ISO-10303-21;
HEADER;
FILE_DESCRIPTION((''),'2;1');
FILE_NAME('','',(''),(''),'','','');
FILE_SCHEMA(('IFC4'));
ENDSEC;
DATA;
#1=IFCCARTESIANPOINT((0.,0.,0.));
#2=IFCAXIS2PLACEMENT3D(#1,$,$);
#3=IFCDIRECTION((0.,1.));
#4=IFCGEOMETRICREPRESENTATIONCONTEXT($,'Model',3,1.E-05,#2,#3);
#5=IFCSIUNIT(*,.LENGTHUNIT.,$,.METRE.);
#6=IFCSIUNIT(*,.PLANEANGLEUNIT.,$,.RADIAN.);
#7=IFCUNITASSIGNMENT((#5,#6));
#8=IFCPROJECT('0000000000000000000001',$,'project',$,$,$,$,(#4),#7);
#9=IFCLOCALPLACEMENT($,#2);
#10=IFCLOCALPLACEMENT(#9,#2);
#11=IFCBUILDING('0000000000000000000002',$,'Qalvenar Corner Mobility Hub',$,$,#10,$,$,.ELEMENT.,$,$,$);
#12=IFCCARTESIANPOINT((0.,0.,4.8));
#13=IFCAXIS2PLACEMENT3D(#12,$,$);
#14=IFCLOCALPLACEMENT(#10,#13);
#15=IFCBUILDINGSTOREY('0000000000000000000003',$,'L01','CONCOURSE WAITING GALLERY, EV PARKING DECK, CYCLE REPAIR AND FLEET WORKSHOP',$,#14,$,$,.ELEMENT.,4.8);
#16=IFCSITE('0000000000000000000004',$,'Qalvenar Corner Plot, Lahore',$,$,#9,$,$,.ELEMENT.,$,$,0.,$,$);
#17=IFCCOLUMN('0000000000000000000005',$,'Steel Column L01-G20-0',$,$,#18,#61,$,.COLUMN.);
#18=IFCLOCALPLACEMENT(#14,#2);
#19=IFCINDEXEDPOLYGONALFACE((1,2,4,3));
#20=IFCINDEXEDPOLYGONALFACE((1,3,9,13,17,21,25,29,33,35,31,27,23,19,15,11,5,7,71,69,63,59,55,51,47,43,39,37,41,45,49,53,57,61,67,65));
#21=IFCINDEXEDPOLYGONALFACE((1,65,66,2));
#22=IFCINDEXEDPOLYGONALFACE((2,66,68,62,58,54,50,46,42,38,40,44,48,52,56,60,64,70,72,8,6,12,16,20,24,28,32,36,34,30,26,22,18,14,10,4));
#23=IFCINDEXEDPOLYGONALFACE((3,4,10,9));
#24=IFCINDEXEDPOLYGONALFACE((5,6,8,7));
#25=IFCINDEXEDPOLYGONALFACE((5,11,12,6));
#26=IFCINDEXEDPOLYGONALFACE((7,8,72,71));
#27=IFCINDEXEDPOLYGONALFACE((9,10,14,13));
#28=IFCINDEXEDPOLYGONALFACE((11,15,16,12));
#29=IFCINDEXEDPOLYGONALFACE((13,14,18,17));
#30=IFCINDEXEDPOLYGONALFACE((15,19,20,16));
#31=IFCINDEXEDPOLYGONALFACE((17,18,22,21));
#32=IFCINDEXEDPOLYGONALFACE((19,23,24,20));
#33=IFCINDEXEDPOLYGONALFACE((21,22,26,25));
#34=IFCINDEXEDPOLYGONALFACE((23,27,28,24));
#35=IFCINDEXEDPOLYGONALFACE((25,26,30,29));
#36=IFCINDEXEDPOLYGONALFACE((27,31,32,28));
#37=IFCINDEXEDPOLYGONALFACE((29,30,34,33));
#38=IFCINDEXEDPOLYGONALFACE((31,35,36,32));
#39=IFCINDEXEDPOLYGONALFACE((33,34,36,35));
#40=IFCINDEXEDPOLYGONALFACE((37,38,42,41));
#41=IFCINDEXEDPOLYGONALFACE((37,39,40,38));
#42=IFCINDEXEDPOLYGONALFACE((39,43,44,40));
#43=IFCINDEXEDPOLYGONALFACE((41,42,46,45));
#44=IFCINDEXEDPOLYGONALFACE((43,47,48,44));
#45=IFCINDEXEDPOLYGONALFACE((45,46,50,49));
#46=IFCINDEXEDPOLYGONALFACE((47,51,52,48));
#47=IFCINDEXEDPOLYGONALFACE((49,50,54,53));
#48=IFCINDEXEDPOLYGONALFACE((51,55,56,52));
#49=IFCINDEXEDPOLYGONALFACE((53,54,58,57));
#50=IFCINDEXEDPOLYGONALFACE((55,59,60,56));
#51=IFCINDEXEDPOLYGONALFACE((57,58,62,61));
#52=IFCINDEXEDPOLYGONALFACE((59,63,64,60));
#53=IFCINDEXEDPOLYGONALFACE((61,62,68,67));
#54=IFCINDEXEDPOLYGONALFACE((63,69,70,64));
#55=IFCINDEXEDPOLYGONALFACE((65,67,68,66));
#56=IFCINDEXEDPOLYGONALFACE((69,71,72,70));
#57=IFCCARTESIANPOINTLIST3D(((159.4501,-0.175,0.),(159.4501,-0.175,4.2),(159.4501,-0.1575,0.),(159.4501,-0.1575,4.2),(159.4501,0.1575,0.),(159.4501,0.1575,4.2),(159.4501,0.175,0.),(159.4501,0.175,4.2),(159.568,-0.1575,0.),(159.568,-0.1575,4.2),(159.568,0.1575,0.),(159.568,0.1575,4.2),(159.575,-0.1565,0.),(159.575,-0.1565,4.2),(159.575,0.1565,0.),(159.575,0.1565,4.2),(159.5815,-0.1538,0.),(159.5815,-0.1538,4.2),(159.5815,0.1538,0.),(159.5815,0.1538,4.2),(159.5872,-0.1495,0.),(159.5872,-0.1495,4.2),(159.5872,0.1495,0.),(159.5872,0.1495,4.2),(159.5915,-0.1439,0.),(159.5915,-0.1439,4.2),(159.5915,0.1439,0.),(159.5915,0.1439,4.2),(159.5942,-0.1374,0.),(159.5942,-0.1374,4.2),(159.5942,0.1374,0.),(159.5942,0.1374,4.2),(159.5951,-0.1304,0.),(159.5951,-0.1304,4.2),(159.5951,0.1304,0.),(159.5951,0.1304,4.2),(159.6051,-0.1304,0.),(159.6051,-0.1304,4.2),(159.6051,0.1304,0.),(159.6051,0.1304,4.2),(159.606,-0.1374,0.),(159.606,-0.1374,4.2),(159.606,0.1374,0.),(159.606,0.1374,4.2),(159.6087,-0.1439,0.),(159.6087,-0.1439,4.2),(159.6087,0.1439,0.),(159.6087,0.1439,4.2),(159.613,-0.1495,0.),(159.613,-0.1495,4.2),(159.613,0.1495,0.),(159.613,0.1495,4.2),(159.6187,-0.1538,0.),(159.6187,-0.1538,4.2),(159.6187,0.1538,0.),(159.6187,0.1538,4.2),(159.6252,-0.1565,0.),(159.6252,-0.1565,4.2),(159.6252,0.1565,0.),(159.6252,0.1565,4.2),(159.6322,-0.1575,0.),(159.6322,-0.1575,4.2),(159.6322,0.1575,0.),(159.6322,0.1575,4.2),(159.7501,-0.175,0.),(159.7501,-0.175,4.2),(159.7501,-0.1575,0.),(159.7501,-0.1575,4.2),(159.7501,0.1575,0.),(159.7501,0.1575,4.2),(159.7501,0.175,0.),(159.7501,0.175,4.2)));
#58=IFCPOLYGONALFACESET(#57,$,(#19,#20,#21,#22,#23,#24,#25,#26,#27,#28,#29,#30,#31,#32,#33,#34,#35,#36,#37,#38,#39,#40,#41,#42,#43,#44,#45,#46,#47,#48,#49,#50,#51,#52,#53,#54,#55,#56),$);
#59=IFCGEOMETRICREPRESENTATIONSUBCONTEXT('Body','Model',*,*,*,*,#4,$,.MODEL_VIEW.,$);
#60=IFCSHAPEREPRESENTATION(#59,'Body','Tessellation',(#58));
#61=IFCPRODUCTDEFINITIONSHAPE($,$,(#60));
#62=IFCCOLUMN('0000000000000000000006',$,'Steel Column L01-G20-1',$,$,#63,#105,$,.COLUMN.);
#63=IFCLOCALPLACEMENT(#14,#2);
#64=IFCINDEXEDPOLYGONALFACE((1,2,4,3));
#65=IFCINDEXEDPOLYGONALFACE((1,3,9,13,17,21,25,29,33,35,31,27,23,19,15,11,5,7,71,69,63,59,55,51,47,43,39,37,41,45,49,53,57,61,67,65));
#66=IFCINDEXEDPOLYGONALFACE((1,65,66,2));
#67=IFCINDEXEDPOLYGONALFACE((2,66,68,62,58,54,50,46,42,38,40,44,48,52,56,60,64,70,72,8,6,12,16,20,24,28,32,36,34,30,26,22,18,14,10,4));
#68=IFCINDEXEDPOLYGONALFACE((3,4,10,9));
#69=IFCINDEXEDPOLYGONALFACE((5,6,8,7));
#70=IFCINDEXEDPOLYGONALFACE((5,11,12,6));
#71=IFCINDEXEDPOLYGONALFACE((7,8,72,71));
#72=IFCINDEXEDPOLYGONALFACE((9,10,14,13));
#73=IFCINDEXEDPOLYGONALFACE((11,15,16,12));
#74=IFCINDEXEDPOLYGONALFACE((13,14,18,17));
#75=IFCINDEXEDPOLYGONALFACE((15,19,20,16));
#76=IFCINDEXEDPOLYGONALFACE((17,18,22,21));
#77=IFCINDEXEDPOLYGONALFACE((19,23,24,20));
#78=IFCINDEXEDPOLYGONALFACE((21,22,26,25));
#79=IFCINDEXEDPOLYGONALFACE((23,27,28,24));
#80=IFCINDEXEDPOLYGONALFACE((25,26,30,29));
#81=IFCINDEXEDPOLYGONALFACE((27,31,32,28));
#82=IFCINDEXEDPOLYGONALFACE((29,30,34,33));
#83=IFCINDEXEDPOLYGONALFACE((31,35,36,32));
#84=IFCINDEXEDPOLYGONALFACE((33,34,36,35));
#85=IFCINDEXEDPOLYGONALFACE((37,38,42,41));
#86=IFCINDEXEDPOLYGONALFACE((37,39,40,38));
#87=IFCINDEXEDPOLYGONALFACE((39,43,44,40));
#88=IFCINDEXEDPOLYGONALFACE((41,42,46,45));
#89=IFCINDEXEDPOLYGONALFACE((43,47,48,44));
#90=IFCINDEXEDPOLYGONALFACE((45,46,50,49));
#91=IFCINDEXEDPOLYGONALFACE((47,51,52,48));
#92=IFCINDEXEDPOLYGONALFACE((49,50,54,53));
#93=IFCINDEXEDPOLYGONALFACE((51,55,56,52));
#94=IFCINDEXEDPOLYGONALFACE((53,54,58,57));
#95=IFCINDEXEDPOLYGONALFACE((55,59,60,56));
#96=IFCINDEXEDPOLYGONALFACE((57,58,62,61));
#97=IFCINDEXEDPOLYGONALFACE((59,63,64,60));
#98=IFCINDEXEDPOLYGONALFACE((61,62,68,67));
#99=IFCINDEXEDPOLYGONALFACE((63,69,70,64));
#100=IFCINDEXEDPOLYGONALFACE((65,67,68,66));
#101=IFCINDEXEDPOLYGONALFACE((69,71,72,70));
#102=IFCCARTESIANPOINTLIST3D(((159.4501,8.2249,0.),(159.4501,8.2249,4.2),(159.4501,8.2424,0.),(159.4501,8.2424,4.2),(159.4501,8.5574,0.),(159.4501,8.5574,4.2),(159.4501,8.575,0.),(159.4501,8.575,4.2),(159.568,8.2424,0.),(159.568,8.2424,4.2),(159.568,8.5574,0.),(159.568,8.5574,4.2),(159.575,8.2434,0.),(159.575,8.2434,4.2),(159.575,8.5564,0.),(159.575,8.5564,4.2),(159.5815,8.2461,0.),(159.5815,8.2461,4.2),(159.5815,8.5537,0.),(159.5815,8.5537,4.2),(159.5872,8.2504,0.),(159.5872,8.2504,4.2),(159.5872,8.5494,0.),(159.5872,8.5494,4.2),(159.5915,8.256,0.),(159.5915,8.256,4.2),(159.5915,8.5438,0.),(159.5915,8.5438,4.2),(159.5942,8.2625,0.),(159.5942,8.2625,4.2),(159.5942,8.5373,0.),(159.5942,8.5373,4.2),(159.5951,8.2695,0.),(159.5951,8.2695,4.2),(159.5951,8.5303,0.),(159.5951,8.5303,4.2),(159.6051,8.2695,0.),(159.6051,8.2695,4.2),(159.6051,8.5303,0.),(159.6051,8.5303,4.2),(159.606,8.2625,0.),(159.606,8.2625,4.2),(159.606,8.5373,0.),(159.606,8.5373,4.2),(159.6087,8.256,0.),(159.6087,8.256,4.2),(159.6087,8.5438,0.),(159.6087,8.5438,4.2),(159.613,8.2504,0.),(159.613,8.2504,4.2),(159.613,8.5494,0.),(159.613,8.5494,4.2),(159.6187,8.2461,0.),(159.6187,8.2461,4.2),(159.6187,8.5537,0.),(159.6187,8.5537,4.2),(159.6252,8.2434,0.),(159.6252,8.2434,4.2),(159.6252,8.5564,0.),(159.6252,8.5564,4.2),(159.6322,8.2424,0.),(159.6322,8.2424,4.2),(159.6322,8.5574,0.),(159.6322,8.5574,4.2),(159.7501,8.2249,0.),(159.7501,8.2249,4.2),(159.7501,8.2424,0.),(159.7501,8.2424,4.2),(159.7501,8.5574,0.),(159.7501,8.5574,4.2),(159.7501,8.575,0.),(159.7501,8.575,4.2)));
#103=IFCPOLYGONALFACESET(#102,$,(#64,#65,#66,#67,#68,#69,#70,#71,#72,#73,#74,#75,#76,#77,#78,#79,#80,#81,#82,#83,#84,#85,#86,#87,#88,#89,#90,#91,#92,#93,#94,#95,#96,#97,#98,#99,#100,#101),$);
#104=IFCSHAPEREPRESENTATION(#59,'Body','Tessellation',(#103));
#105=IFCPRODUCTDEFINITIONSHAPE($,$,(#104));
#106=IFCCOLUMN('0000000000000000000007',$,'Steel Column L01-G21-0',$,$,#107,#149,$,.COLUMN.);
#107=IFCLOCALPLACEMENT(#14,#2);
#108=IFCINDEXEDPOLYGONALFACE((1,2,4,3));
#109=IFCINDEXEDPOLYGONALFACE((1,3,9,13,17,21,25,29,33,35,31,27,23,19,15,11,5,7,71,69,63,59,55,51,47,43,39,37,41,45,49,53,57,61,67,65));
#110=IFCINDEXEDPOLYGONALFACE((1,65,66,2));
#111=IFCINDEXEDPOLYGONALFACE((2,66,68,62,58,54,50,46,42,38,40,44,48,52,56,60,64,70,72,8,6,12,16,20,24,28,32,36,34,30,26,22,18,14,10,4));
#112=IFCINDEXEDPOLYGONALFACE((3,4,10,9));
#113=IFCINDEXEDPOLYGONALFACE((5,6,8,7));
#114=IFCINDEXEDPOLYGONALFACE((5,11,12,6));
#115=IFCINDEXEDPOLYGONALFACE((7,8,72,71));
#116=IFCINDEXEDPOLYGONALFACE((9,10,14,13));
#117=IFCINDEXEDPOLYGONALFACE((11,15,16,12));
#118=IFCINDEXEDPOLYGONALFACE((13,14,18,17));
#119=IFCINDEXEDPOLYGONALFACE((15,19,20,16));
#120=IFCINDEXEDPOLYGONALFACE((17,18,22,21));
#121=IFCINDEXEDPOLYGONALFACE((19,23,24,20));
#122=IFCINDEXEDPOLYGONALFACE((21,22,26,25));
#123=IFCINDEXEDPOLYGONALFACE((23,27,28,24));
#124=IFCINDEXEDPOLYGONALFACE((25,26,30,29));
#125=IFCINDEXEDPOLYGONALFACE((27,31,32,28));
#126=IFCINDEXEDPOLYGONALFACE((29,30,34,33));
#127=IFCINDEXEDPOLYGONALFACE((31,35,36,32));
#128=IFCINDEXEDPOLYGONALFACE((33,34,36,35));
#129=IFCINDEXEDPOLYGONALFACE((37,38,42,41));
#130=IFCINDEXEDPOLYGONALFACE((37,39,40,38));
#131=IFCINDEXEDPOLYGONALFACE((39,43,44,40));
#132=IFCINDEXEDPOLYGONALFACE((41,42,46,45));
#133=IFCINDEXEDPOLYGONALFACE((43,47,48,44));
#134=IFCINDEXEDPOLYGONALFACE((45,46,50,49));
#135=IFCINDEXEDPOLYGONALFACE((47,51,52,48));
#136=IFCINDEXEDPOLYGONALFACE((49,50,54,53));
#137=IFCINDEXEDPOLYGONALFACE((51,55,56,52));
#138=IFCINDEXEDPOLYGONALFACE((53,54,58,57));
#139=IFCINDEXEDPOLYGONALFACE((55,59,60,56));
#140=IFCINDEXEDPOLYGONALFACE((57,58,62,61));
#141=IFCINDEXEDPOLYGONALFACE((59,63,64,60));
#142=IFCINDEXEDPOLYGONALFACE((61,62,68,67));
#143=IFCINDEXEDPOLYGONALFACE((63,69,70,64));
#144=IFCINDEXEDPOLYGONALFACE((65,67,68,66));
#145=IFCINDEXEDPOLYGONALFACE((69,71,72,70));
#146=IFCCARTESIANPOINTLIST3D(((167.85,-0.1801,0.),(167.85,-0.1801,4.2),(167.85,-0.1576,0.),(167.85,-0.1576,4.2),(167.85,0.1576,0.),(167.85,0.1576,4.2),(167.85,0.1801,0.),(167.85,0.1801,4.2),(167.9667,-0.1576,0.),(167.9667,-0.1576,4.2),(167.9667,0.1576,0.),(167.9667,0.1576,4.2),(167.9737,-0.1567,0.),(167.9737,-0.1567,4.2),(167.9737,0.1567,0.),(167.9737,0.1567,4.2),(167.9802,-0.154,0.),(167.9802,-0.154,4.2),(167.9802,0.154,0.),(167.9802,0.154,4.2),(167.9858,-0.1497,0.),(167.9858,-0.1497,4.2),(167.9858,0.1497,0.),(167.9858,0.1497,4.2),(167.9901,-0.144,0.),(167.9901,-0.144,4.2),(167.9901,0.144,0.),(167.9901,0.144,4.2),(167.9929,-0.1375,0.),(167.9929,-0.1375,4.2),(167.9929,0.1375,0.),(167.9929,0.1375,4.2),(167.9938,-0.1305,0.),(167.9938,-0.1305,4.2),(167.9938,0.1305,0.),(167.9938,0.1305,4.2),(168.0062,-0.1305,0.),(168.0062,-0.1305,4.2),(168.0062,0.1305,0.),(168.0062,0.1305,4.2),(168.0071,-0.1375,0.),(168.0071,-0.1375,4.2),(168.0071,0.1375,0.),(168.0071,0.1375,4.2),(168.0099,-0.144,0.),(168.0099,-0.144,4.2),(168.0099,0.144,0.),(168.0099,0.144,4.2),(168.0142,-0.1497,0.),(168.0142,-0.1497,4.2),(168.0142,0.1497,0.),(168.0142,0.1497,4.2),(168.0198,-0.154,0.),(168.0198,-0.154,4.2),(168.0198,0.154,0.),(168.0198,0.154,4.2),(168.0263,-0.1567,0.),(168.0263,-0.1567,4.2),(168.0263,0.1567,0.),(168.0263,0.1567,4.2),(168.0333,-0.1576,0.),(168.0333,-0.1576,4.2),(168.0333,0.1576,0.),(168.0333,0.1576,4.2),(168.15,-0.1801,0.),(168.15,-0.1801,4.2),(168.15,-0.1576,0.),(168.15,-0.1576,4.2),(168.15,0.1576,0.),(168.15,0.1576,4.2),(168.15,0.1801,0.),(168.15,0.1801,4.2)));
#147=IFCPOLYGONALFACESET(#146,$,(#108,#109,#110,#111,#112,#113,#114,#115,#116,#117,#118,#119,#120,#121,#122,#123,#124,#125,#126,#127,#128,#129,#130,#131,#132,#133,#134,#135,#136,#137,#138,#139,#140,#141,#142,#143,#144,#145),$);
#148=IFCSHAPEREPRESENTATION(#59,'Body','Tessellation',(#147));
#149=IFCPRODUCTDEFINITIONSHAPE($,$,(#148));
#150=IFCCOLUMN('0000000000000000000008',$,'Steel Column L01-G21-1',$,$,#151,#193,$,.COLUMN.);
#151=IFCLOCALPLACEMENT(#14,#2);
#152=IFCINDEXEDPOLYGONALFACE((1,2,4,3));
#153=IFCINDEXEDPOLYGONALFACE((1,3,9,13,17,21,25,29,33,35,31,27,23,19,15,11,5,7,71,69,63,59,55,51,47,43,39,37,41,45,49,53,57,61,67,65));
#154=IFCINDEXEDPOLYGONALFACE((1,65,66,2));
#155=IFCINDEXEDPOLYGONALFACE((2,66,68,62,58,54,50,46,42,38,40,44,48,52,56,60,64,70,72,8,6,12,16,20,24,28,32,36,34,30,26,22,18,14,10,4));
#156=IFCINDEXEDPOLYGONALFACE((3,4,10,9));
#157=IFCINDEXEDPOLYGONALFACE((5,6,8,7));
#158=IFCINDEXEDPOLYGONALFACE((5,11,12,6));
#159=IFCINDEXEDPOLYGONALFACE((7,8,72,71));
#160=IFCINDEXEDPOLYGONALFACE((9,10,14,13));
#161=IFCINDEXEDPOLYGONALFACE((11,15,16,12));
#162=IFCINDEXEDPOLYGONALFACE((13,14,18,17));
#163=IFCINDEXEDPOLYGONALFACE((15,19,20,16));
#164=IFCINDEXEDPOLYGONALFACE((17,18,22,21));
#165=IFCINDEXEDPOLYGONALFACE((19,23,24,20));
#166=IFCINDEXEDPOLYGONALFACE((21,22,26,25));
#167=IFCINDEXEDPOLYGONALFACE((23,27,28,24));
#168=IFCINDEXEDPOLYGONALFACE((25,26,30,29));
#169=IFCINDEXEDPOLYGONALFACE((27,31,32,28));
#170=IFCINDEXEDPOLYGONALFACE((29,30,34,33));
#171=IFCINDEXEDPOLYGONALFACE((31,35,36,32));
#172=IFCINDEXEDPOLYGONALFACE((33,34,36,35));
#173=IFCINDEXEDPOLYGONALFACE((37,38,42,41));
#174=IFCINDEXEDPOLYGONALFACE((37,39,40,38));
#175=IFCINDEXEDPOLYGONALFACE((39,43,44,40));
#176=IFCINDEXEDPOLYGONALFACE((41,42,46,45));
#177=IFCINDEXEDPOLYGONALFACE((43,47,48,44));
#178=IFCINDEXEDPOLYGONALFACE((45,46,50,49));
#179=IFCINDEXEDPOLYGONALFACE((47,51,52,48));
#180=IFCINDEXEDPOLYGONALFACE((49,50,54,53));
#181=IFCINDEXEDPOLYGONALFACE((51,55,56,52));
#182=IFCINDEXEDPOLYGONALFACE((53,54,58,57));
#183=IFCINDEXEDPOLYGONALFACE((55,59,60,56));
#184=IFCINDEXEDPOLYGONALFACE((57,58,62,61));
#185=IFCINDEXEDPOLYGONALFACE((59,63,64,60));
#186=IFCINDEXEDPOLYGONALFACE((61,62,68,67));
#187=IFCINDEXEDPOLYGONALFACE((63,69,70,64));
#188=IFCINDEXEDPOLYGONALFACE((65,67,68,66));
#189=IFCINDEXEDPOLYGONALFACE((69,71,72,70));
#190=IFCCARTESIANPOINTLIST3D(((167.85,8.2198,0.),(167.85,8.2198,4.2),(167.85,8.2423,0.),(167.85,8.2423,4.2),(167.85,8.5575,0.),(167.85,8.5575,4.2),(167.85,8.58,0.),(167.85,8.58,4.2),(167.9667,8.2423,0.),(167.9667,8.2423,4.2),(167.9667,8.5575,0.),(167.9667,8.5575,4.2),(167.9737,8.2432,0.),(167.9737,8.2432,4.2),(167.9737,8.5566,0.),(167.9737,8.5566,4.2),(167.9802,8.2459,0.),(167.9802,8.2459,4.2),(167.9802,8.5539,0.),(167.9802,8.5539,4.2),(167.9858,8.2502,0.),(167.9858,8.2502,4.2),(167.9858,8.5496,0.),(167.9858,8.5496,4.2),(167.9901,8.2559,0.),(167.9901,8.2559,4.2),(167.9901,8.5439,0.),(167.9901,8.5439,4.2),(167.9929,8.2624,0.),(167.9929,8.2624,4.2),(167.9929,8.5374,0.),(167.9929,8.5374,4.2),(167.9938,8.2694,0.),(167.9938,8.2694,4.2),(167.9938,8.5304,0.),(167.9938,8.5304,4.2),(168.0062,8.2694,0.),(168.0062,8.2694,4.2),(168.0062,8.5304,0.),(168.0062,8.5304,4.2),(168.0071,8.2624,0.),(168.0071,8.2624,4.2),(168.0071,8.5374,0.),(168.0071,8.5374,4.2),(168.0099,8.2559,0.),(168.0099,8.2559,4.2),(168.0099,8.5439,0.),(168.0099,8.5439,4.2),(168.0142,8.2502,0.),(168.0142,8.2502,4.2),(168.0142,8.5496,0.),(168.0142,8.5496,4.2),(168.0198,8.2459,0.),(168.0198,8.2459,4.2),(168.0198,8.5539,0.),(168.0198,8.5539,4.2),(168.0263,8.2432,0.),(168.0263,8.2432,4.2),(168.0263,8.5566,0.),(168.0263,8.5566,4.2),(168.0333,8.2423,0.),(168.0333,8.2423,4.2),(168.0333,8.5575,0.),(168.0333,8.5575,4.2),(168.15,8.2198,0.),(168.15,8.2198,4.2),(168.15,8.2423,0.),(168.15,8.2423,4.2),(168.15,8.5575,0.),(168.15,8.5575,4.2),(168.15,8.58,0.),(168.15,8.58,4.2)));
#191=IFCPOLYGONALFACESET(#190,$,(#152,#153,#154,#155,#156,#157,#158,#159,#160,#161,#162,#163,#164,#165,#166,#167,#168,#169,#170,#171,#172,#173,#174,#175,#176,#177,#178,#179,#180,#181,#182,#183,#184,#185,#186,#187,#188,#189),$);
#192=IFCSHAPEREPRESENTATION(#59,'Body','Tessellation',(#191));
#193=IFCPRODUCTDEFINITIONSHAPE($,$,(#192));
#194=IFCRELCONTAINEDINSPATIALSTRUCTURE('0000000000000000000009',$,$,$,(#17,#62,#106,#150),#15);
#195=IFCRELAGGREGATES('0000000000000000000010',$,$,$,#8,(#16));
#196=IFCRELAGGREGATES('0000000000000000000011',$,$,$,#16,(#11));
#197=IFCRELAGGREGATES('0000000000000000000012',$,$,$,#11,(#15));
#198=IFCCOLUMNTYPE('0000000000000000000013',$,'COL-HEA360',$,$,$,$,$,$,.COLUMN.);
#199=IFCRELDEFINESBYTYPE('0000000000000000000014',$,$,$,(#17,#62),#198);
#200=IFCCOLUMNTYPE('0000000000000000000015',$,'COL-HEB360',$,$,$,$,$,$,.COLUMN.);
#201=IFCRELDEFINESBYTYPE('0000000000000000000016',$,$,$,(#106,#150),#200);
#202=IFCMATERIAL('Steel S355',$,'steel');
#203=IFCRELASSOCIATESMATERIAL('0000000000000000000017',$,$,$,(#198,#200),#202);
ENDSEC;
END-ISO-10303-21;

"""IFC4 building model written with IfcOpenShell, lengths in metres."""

from ifc_helpers import new_model, si_unit, direction, frame, origin, origin_2d, place, context, subcontext, project, spatial, i_section, extrude, material, material_profile, profile_set, type_object, element, save


model = new_model("IFC4")

# Units and contexts
model_context = context("Model", 3, precision=1e-05, world=origin(), true_north=direction((0.0, 1.0)))
body_context = subcontext(model_context, "Body", "Model", "MODEL_VIEW")
ifc_project = project(units=[si_unit("LENGTHUNIT", "METRE"), si_unit("PLANEANGLEUNIT", "RADIAN")], contexts=[model_context])

# Site, building, storey
site_placement = place(None, origin())
site = spatial("IfcSite", under=ifc_project, at=site_placement, Name="Qalvenar Corner Plot, Lahore", CompositionType="ELEMENT", RefElevation=0.0)
building_placement = place(site_placement, origin())
building = spatial("IfcBuilding", under=site, at=building_placement, Name="Qalvenar Corner Mobility Hub", CompositionType="ELEMENT")
storey_placement = place(building_placement, frame((0.0, 0.0, 4.8)))
storey = spatial("IfcBuildingStorey", under=building, at=storey_placement, Name="L01", Description="CONCOURSE WAITING GALLERY, EV PARKING DECK, CYCLE REPAIR AND FLEET WORKSHOP", CompositionType="ELEMENT", Elevation=4.8)

# Columns
ifc_material_1 = material(Name="Steel S355", Category="steel")
ifc_material_profile_1 = material_profile(ifc_material_1, i_section(OverallWidth=0.3, OverallDepth=0.3501, WebThickness=0.01, FlangeThickness=0.0176, FilletRadius=0.0271, at=origin_2d()), Name="HEA360")
ifc_profile_set_1 = profile_set([ifc_material_profile_1], Name="Steel S355")
column_type_1 = type_object("IfcColumnType", Name="COL-HEA360", PredefinedType="COLUMN", material=ifc_profile_set_1)
for number, where, z_axis, x_axis, name in (
    (1, (159.6001, 0.0, 0.0), (0.0, 0.0, 1.0), (1.0, 0.0, 0.0), "Steel Column L01-G20-0"),
    (2, (159.6001, 8.3999, 0.0), (0.0, 0.0, 1.0), (1.0, 0.0, 0.0), "Steel Column L01-G20-1"),
):
    element("IfcColumn", number, at=place(storey_placement, frame(where, z_axis=z_axis, x_axis=x_axis)), inside=storey, type_object=column_type_1, Name=name, PredefinedType="COLUMN", context=body_context, shape_type="SweptSolid", body=[
        extrude(i_section(OverallWidth=0.3, OverallDepth=0.3501, WebThickness=0.01, FlangeThickness=0.0176, FilletRadius=0.0271, at=origin_2d()), origin(), (0.0, 0.0, 1.0), 4.2),
    ])
ifc_material_profile_2 = material_profile(ifc_material_1, i_section(OverallWidth=0.3, OverallDepth=0.3601, WebThickness=0.0125, FlangeThickness=0.0225, FilletRadius=0.0271, at=origin_2d()), Name="HEB360")
ifc_profile_set_2 = profile_set([ifc_material_profile_2], Name="Steel S355")
column_type_2 = type_object("IfcColumnType", Name="COL-HEB360", PredefinedType="COLUMN", material=ifc_profile_set_2)
for number, where, z_axis, x_axis, name in (
    (3, (168.0, 0.0, 0.0), (0.0, 0.0, 1.0), (1.0, 0.0, 0.0), "Steel Column L01-G21-0"),
    (4, (168.0, 8.3999, 0.0), (0.0, 0.0, 1.0), (1.0, 0.0, 0.0), "Steel Column L01-G21-1"),
):
    element("IfcColumn", number, at=place(storey_placement, frame(where, z_axis=z_axis, x_axis=x_axis)), inside=storey, type_object=column_type_2, Name=name, PredefinedType="COLUMN", context=body_context, shape_type="SweptSolid", body=[
        extrude(i_section(OverallWidth=0.3, OverallDepth=0.3601, WebThickness=0.0125, FlangeThickness=0.0225, FilletRadius=0.0271, at=origin_2d()), origin(), (0.0, 0.0, 1.0), 4.2),
    ])

save(model, "model.ifc")
